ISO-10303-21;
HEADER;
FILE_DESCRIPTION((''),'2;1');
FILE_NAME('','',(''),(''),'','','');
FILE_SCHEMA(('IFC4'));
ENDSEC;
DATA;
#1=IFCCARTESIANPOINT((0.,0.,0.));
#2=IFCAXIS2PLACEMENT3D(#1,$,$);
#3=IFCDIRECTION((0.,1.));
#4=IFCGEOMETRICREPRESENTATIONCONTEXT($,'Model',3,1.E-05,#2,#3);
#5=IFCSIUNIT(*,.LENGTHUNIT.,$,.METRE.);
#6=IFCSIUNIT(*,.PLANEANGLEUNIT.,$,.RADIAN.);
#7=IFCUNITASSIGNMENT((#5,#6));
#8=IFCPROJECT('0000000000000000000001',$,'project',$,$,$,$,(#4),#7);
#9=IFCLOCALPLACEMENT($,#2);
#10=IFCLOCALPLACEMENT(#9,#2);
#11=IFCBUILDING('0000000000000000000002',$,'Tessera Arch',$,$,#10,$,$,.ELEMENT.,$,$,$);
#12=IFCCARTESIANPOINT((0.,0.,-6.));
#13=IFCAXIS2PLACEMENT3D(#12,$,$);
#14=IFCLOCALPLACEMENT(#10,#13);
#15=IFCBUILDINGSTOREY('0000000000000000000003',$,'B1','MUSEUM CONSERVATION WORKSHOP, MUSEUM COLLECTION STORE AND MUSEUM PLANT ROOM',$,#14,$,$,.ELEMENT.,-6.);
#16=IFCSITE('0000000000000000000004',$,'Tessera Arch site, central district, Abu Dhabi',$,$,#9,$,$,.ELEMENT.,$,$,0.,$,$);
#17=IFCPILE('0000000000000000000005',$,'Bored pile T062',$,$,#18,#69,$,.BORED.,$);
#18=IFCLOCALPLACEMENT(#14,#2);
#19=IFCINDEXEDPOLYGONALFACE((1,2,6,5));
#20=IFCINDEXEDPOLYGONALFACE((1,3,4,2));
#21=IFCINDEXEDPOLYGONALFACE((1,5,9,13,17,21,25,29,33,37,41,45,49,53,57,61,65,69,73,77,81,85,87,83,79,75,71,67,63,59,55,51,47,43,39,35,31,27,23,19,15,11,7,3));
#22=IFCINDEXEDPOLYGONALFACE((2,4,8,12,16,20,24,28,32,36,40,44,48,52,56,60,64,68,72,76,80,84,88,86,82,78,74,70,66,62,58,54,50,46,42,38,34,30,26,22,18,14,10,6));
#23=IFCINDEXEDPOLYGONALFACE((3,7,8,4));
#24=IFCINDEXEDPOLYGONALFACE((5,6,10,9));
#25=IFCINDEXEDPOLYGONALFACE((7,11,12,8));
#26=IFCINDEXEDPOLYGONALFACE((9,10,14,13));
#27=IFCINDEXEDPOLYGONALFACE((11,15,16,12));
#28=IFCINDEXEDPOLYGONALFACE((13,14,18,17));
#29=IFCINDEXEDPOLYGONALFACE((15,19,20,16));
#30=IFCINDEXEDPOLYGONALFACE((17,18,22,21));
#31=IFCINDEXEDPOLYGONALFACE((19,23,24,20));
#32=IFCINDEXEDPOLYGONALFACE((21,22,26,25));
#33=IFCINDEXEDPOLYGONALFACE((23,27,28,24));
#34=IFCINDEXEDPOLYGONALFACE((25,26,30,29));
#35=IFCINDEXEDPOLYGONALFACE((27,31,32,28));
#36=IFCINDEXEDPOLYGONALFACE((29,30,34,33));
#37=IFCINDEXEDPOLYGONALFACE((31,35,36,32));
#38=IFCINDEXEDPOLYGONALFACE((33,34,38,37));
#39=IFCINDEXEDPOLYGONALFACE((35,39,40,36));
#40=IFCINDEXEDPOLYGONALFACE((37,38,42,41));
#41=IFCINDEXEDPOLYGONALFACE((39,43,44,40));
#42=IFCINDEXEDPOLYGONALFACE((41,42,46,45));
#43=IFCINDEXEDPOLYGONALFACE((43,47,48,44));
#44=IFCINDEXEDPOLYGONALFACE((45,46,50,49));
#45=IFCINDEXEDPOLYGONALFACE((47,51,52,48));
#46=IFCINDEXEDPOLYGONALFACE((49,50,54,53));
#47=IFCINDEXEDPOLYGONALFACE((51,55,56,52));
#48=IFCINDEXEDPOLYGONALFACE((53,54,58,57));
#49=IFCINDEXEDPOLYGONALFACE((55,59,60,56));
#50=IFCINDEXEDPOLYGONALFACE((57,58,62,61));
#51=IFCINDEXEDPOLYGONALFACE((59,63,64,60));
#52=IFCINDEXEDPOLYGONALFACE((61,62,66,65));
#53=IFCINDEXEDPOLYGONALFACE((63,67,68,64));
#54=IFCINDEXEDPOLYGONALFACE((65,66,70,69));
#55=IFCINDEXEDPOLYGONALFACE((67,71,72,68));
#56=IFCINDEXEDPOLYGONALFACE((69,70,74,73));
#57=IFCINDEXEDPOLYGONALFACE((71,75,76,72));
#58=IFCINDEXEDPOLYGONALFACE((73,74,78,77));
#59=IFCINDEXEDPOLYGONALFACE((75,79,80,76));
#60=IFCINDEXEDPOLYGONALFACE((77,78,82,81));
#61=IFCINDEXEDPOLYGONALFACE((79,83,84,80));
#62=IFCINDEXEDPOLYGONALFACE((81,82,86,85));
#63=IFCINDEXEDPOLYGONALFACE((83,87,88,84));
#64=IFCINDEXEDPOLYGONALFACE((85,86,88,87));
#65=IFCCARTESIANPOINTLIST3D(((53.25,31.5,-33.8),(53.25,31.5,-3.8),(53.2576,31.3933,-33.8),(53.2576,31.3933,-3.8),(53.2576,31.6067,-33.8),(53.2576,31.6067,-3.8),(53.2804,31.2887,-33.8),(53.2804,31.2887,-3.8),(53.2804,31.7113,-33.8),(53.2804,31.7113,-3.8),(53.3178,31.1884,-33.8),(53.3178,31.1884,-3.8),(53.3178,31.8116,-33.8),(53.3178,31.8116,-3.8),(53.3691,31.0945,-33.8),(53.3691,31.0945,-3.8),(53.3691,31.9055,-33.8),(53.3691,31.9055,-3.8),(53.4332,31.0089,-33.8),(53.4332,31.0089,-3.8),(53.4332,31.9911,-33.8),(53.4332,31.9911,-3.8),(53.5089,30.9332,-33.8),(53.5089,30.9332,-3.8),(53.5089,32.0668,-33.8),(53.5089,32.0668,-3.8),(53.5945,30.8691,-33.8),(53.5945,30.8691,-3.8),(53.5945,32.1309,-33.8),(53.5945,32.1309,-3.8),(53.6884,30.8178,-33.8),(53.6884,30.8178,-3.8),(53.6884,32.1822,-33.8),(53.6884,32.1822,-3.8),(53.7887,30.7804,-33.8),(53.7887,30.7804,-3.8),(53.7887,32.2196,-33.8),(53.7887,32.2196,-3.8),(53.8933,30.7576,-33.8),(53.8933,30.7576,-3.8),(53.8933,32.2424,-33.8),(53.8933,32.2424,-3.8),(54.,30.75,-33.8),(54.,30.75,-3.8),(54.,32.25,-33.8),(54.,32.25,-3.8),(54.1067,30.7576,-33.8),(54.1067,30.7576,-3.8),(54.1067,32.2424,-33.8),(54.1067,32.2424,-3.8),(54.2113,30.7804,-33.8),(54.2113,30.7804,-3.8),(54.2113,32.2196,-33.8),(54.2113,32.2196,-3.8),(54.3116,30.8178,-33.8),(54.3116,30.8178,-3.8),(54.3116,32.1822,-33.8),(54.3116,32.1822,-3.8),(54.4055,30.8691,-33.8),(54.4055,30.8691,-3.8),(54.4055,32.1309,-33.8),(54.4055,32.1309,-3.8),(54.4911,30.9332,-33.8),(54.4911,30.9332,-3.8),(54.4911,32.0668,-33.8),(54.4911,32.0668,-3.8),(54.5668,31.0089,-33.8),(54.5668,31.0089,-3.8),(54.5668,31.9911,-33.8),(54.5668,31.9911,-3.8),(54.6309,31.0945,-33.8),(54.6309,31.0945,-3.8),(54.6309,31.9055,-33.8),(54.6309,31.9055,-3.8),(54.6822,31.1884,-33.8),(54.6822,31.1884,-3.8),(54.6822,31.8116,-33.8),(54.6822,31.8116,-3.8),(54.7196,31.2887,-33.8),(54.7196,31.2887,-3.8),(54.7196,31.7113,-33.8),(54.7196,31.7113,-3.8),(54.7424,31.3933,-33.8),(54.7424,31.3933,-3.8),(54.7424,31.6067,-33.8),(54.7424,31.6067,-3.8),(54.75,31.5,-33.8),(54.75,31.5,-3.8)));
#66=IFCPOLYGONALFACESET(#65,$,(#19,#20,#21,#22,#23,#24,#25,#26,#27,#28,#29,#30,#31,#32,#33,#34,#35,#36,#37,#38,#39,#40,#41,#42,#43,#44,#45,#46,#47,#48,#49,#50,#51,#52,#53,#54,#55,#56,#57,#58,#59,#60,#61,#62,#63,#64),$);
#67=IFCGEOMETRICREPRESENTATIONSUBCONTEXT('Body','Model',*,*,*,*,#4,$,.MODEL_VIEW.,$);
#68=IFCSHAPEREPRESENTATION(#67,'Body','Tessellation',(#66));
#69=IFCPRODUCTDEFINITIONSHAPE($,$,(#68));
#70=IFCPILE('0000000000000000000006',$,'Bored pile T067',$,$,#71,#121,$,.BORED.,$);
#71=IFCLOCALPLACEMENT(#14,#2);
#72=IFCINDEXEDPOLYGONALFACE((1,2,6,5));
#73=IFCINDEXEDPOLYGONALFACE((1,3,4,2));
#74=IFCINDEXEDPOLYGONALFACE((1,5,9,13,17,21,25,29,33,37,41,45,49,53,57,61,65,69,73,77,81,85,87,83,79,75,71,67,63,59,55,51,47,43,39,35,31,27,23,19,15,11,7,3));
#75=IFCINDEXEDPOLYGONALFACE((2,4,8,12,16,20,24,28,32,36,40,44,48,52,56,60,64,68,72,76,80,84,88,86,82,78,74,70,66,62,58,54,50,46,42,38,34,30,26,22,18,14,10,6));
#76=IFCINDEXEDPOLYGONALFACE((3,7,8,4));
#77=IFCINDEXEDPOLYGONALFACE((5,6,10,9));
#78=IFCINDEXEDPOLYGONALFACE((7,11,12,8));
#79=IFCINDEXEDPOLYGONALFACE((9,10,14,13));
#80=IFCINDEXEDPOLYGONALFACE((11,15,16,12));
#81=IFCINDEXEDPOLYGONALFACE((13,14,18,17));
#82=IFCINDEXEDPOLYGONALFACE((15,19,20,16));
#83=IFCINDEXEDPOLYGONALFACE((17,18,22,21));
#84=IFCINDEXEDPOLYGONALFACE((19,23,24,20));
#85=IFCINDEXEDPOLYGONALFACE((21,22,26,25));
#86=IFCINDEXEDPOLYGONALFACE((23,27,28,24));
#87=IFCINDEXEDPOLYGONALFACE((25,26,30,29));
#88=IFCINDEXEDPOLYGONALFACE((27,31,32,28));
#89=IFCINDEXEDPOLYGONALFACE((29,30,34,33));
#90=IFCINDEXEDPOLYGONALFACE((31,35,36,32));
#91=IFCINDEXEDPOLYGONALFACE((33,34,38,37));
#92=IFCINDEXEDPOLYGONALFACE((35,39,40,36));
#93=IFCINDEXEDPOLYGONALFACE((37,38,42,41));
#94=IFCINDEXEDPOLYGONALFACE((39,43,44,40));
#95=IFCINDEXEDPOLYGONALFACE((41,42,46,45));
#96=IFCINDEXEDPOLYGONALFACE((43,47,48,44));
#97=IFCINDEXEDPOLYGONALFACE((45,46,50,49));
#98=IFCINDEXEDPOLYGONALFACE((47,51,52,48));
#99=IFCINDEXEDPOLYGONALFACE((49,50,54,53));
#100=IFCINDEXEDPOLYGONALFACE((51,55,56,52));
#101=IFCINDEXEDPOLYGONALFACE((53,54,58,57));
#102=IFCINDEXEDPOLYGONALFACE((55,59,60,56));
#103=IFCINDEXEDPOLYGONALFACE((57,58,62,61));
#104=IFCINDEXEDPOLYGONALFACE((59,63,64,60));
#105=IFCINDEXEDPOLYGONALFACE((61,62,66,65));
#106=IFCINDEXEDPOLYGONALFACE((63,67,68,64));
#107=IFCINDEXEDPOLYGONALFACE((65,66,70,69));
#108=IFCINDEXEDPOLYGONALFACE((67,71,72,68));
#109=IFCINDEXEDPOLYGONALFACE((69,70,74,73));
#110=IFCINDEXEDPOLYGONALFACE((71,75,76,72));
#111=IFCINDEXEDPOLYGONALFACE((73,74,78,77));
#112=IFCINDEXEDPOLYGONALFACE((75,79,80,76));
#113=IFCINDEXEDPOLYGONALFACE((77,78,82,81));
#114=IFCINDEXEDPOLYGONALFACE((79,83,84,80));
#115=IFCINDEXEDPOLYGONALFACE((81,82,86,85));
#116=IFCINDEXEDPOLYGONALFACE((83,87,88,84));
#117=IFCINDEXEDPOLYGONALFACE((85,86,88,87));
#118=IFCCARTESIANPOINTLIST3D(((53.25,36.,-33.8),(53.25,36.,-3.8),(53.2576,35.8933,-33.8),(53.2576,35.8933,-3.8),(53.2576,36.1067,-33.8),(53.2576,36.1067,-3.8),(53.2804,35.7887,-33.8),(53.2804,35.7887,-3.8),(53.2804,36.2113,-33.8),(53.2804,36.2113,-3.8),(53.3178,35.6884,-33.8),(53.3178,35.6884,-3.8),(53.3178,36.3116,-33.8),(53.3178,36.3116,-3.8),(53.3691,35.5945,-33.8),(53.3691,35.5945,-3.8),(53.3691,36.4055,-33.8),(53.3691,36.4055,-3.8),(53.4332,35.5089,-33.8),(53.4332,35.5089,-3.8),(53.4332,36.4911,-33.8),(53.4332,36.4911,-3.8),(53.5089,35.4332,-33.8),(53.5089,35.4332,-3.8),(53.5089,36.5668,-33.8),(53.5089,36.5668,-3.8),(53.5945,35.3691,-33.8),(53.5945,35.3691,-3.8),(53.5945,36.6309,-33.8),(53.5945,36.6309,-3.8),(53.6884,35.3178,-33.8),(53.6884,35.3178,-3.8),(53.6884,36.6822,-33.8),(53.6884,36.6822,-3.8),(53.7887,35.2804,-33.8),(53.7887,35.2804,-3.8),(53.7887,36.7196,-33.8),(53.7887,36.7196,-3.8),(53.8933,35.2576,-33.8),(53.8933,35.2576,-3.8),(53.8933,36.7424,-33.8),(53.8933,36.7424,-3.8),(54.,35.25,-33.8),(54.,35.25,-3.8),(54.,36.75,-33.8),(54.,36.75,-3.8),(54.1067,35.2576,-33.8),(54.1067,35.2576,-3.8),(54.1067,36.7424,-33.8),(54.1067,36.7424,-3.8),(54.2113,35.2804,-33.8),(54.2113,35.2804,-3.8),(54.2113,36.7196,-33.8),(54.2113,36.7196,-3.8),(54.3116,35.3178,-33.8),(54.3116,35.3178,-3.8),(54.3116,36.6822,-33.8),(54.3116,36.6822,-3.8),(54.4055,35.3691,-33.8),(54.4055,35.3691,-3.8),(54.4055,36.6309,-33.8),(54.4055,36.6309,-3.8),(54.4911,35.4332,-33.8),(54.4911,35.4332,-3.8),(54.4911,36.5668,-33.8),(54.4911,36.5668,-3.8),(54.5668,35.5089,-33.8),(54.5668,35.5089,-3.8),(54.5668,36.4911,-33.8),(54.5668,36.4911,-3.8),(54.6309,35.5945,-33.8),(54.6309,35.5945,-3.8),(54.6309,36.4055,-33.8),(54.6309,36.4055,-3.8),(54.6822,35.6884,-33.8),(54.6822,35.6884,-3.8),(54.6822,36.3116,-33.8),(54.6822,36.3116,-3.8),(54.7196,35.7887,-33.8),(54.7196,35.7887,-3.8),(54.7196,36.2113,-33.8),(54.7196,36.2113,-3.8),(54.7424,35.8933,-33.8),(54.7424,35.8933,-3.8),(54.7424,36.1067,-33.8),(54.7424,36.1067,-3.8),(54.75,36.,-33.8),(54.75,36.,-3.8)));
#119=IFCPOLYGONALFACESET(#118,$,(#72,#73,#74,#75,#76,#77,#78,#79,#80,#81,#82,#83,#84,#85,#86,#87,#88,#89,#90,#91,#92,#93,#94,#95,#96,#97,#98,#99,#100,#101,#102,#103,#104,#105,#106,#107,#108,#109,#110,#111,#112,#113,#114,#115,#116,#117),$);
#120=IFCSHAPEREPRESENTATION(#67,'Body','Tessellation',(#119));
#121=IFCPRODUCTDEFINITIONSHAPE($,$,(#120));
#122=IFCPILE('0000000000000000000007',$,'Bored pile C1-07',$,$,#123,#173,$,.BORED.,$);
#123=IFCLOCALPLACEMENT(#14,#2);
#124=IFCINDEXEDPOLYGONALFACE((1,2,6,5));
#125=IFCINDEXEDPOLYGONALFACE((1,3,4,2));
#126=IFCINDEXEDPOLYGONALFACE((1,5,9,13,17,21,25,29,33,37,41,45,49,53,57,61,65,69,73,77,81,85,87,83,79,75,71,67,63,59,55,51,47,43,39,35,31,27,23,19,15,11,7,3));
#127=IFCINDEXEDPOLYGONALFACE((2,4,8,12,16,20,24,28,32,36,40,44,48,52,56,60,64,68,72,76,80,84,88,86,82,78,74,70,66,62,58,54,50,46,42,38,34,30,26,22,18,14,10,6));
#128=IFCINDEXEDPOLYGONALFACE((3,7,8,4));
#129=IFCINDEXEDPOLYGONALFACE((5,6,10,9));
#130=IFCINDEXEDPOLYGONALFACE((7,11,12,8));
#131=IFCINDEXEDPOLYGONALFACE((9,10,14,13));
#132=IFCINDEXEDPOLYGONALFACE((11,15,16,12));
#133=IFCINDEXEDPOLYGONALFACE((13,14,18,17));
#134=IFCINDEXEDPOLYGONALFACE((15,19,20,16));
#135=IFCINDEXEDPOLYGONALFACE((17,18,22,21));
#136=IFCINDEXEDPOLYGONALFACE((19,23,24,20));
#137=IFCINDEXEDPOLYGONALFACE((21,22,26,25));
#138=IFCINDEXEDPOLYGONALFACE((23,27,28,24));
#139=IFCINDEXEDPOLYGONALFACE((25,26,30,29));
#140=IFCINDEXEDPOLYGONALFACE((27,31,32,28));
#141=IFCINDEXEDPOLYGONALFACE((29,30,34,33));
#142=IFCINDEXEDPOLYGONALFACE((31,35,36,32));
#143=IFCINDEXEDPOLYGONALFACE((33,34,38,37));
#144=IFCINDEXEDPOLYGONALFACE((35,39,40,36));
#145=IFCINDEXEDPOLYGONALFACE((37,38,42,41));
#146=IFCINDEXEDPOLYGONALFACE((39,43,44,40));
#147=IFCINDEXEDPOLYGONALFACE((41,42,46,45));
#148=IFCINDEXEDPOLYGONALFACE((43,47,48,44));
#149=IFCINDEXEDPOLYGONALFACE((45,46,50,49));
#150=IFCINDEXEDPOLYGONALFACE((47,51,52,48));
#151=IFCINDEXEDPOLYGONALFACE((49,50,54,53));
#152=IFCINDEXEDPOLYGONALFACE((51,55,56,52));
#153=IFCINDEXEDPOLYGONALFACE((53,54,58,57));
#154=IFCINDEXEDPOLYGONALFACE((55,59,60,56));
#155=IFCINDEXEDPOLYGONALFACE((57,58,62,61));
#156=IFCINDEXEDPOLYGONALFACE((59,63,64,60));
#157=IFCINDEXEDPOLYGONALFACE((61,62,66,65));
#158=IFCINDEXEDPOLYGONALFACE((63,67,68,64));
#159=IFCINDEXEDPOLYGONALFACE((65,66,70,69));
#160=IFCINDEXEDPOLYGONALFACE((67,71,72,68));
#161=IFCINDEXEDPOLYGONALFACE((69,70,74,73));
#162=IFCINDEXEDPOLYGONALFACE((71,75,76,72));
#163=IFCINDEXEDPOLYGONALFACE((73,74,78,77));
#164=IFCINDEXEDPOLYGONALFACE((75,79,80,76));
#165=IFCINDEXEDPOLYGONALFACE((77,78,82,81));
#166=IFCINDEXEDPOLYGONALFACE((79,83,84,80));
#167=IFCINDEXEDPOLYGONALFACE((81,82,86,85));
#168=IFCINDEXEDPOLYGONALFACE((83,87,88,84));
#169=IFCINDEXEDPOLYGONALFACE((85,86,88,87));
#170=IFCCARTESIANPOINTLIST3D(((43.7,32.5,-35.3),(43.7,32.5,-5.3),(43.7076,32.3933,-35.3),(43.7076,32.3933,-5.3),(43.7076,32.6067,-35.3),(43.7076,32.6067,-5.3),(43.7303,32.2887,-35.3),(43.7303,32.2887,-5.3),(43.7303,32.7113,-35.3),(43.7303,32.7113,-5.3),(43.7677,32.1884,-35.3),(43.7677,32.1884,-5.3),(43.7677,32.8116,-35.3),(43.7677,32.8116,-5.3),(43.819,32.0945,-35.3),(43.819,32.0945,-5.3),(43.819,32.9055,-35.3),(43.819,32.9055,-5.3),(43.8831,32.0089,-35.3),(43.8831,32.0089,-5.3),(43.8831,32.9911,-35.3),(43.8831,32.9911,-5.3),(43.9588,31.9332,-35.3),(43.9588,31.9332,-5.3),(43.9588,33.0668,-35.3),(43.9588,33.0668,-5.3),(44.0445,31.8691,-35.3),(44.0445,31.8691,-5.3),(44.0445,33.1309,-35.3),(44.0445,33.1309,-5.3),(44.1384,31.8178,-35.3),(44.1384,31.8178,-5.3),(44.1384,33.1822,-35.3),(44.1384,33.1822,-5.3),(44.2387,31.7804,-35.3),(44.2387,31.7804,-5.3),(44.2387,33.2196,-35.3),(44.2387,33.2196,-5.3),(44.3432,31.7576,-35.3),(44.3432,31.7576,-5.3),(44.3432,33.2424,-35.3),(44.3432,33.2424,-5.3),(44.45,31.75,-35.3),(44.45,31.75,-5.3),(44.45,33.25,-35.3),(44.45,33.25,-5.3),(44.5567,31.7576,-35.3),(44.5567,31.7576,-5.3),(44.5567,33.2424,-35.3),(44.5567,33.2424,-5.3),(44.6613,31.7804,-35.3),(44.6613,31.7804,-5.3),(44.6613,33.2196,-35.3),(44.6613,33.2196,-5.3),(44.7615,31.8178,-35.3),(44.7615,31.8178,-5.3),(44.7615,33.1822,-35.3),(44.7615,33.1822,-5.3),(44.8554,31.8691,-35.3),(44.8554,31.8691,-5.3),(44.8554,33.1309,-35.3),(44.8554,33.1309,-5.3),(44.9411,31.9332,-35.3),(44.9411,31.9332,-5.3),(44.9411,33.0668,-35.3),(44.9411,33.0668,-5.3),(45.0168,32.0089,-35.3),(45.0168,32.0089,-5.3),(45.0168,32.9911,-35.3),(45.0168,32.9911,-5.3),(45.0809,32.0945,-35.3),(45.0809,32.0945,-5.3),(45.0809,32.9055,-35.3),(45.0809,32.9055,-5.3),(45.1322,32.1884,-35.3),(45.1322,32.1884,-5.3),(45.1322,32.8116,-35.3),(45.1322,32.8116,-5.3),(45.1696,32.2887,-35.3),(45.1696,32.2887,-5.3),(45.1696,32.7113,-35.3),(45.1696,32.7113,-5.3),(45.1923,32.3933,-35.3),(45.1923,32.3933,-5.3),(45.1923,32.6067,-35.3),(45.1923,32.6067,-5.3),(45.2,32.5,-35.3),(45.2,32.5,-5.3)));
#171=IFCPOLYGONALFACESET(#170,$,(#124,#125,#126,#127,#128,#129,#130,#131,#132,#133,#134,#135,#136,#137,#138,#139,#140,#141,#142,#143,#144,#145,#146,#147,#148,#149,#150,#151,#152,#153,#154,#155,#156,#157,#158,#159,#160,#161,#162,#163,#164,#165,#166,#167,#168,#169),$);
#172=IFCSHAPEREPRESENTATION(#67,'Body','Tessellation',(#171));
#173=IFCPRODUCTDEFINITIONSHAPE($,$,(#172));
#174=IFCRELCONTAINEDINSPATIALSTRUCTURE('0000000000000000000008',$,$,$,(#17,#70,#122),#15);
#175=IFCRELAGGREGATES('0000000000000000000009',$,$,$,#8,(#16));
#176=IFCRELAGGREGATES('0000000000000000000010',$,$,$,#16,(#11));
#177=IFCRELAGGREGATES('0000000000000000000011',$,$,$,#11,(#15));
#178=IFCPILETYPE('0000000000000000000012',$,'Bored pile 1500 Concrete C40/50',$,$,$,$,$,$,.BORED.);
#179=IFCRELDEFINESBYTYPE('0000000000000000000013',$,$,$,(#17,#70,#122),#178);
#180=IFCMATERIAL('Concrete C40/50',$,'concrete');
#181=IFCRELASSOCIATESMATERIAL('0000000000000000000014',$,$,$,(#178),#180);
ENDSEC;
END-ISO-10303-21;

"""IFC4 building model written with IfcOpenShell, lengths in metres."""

from ifc_helpers import new_model, si_unit, direction, frame, origin, origin_2d, place, context, subcontext, project, spatial, circle, extrude, material, type_object, element, save


model = new_model("IFC4")

# Units and contexts
model_context = context("Model", 3, precision=1e-05, world=origin(), true_north=direction((0.0, 1.0)))
body_context = subcontext(model_context, "Body", "Model", "MODEL_VIEW")
ifc_project = project(units=[si_unit("LENGTHUNIT", "METRE"), si_unit("PLANEANGLEUNIT", "RADIAN")], contexts=[model_context])

# Site, building, storey
site_placement = place(None, origin())
site = spatial("IfcSite", under=ifc_project, at=site_placement, Name="Tessera Arch site, central district, Abu Dhabi", CompositionType="ELEMENT", RefElevation=0.0)
building_placement = place(site_placement, origin())
building = spatial("IfcBuilding", under=site, at=building_placement, Name="Tessera Arch", CompositionType="ELEMENT")
storey_placement = place(building_placement, frame((0.0, 0.0, -6.0)))
storey = spatial("IfcBuildingStorey", under=building, at=storey_placement, Name="B1", Description="MUSEUM CONSERVATION WORKSHOP, MUSEUM COLLECTION STORE AND MUSEUM PLANT ROOM", CompositionType="ELEMENT", Elevation=-6.0)

# Piles
ifc_material_1 = material(Name="Concrete C40/50", Category="concrete")
pile_type = type_object("IfcPileType", Name="Bored pile 1500 Concrete C40/50", PredefinedType="BORED", material=ifc_material_1)
for number, where, z_axis, x_axis, name in (
    (1, (54.0, 31.5, -3.8), (0.0, 0.0, -1.0), (1.0, 0.0, 0.0), "Bored pile T062"),
    (2, (54.0, 36.0, -3.8), (0.0, 0.0, -1.0), (1.0, 0.0, 0.0), "Bored pile T067"),
    (3, (44.45, 32.5, -5.3), (0.0, 0.0, -1.0), (1.0, 0.0, 0.0), "Bored pile C1-07"),
):
    element("IfcPile", number, at=place(storey_placement, frame(where, z_axis=z_axis, x_axis=x_axis)), inside=storey, type_object=pile_type, Name=name, PredefinedType="BORED", context=body_context, shape_type="SweptSolid", body=[
        extrude(circle(Radius=0.75, at=origin_2d()), origin(), (0.0, 0.0, 1.0), 30.0),
    ])

save(model, "model.ifc")
